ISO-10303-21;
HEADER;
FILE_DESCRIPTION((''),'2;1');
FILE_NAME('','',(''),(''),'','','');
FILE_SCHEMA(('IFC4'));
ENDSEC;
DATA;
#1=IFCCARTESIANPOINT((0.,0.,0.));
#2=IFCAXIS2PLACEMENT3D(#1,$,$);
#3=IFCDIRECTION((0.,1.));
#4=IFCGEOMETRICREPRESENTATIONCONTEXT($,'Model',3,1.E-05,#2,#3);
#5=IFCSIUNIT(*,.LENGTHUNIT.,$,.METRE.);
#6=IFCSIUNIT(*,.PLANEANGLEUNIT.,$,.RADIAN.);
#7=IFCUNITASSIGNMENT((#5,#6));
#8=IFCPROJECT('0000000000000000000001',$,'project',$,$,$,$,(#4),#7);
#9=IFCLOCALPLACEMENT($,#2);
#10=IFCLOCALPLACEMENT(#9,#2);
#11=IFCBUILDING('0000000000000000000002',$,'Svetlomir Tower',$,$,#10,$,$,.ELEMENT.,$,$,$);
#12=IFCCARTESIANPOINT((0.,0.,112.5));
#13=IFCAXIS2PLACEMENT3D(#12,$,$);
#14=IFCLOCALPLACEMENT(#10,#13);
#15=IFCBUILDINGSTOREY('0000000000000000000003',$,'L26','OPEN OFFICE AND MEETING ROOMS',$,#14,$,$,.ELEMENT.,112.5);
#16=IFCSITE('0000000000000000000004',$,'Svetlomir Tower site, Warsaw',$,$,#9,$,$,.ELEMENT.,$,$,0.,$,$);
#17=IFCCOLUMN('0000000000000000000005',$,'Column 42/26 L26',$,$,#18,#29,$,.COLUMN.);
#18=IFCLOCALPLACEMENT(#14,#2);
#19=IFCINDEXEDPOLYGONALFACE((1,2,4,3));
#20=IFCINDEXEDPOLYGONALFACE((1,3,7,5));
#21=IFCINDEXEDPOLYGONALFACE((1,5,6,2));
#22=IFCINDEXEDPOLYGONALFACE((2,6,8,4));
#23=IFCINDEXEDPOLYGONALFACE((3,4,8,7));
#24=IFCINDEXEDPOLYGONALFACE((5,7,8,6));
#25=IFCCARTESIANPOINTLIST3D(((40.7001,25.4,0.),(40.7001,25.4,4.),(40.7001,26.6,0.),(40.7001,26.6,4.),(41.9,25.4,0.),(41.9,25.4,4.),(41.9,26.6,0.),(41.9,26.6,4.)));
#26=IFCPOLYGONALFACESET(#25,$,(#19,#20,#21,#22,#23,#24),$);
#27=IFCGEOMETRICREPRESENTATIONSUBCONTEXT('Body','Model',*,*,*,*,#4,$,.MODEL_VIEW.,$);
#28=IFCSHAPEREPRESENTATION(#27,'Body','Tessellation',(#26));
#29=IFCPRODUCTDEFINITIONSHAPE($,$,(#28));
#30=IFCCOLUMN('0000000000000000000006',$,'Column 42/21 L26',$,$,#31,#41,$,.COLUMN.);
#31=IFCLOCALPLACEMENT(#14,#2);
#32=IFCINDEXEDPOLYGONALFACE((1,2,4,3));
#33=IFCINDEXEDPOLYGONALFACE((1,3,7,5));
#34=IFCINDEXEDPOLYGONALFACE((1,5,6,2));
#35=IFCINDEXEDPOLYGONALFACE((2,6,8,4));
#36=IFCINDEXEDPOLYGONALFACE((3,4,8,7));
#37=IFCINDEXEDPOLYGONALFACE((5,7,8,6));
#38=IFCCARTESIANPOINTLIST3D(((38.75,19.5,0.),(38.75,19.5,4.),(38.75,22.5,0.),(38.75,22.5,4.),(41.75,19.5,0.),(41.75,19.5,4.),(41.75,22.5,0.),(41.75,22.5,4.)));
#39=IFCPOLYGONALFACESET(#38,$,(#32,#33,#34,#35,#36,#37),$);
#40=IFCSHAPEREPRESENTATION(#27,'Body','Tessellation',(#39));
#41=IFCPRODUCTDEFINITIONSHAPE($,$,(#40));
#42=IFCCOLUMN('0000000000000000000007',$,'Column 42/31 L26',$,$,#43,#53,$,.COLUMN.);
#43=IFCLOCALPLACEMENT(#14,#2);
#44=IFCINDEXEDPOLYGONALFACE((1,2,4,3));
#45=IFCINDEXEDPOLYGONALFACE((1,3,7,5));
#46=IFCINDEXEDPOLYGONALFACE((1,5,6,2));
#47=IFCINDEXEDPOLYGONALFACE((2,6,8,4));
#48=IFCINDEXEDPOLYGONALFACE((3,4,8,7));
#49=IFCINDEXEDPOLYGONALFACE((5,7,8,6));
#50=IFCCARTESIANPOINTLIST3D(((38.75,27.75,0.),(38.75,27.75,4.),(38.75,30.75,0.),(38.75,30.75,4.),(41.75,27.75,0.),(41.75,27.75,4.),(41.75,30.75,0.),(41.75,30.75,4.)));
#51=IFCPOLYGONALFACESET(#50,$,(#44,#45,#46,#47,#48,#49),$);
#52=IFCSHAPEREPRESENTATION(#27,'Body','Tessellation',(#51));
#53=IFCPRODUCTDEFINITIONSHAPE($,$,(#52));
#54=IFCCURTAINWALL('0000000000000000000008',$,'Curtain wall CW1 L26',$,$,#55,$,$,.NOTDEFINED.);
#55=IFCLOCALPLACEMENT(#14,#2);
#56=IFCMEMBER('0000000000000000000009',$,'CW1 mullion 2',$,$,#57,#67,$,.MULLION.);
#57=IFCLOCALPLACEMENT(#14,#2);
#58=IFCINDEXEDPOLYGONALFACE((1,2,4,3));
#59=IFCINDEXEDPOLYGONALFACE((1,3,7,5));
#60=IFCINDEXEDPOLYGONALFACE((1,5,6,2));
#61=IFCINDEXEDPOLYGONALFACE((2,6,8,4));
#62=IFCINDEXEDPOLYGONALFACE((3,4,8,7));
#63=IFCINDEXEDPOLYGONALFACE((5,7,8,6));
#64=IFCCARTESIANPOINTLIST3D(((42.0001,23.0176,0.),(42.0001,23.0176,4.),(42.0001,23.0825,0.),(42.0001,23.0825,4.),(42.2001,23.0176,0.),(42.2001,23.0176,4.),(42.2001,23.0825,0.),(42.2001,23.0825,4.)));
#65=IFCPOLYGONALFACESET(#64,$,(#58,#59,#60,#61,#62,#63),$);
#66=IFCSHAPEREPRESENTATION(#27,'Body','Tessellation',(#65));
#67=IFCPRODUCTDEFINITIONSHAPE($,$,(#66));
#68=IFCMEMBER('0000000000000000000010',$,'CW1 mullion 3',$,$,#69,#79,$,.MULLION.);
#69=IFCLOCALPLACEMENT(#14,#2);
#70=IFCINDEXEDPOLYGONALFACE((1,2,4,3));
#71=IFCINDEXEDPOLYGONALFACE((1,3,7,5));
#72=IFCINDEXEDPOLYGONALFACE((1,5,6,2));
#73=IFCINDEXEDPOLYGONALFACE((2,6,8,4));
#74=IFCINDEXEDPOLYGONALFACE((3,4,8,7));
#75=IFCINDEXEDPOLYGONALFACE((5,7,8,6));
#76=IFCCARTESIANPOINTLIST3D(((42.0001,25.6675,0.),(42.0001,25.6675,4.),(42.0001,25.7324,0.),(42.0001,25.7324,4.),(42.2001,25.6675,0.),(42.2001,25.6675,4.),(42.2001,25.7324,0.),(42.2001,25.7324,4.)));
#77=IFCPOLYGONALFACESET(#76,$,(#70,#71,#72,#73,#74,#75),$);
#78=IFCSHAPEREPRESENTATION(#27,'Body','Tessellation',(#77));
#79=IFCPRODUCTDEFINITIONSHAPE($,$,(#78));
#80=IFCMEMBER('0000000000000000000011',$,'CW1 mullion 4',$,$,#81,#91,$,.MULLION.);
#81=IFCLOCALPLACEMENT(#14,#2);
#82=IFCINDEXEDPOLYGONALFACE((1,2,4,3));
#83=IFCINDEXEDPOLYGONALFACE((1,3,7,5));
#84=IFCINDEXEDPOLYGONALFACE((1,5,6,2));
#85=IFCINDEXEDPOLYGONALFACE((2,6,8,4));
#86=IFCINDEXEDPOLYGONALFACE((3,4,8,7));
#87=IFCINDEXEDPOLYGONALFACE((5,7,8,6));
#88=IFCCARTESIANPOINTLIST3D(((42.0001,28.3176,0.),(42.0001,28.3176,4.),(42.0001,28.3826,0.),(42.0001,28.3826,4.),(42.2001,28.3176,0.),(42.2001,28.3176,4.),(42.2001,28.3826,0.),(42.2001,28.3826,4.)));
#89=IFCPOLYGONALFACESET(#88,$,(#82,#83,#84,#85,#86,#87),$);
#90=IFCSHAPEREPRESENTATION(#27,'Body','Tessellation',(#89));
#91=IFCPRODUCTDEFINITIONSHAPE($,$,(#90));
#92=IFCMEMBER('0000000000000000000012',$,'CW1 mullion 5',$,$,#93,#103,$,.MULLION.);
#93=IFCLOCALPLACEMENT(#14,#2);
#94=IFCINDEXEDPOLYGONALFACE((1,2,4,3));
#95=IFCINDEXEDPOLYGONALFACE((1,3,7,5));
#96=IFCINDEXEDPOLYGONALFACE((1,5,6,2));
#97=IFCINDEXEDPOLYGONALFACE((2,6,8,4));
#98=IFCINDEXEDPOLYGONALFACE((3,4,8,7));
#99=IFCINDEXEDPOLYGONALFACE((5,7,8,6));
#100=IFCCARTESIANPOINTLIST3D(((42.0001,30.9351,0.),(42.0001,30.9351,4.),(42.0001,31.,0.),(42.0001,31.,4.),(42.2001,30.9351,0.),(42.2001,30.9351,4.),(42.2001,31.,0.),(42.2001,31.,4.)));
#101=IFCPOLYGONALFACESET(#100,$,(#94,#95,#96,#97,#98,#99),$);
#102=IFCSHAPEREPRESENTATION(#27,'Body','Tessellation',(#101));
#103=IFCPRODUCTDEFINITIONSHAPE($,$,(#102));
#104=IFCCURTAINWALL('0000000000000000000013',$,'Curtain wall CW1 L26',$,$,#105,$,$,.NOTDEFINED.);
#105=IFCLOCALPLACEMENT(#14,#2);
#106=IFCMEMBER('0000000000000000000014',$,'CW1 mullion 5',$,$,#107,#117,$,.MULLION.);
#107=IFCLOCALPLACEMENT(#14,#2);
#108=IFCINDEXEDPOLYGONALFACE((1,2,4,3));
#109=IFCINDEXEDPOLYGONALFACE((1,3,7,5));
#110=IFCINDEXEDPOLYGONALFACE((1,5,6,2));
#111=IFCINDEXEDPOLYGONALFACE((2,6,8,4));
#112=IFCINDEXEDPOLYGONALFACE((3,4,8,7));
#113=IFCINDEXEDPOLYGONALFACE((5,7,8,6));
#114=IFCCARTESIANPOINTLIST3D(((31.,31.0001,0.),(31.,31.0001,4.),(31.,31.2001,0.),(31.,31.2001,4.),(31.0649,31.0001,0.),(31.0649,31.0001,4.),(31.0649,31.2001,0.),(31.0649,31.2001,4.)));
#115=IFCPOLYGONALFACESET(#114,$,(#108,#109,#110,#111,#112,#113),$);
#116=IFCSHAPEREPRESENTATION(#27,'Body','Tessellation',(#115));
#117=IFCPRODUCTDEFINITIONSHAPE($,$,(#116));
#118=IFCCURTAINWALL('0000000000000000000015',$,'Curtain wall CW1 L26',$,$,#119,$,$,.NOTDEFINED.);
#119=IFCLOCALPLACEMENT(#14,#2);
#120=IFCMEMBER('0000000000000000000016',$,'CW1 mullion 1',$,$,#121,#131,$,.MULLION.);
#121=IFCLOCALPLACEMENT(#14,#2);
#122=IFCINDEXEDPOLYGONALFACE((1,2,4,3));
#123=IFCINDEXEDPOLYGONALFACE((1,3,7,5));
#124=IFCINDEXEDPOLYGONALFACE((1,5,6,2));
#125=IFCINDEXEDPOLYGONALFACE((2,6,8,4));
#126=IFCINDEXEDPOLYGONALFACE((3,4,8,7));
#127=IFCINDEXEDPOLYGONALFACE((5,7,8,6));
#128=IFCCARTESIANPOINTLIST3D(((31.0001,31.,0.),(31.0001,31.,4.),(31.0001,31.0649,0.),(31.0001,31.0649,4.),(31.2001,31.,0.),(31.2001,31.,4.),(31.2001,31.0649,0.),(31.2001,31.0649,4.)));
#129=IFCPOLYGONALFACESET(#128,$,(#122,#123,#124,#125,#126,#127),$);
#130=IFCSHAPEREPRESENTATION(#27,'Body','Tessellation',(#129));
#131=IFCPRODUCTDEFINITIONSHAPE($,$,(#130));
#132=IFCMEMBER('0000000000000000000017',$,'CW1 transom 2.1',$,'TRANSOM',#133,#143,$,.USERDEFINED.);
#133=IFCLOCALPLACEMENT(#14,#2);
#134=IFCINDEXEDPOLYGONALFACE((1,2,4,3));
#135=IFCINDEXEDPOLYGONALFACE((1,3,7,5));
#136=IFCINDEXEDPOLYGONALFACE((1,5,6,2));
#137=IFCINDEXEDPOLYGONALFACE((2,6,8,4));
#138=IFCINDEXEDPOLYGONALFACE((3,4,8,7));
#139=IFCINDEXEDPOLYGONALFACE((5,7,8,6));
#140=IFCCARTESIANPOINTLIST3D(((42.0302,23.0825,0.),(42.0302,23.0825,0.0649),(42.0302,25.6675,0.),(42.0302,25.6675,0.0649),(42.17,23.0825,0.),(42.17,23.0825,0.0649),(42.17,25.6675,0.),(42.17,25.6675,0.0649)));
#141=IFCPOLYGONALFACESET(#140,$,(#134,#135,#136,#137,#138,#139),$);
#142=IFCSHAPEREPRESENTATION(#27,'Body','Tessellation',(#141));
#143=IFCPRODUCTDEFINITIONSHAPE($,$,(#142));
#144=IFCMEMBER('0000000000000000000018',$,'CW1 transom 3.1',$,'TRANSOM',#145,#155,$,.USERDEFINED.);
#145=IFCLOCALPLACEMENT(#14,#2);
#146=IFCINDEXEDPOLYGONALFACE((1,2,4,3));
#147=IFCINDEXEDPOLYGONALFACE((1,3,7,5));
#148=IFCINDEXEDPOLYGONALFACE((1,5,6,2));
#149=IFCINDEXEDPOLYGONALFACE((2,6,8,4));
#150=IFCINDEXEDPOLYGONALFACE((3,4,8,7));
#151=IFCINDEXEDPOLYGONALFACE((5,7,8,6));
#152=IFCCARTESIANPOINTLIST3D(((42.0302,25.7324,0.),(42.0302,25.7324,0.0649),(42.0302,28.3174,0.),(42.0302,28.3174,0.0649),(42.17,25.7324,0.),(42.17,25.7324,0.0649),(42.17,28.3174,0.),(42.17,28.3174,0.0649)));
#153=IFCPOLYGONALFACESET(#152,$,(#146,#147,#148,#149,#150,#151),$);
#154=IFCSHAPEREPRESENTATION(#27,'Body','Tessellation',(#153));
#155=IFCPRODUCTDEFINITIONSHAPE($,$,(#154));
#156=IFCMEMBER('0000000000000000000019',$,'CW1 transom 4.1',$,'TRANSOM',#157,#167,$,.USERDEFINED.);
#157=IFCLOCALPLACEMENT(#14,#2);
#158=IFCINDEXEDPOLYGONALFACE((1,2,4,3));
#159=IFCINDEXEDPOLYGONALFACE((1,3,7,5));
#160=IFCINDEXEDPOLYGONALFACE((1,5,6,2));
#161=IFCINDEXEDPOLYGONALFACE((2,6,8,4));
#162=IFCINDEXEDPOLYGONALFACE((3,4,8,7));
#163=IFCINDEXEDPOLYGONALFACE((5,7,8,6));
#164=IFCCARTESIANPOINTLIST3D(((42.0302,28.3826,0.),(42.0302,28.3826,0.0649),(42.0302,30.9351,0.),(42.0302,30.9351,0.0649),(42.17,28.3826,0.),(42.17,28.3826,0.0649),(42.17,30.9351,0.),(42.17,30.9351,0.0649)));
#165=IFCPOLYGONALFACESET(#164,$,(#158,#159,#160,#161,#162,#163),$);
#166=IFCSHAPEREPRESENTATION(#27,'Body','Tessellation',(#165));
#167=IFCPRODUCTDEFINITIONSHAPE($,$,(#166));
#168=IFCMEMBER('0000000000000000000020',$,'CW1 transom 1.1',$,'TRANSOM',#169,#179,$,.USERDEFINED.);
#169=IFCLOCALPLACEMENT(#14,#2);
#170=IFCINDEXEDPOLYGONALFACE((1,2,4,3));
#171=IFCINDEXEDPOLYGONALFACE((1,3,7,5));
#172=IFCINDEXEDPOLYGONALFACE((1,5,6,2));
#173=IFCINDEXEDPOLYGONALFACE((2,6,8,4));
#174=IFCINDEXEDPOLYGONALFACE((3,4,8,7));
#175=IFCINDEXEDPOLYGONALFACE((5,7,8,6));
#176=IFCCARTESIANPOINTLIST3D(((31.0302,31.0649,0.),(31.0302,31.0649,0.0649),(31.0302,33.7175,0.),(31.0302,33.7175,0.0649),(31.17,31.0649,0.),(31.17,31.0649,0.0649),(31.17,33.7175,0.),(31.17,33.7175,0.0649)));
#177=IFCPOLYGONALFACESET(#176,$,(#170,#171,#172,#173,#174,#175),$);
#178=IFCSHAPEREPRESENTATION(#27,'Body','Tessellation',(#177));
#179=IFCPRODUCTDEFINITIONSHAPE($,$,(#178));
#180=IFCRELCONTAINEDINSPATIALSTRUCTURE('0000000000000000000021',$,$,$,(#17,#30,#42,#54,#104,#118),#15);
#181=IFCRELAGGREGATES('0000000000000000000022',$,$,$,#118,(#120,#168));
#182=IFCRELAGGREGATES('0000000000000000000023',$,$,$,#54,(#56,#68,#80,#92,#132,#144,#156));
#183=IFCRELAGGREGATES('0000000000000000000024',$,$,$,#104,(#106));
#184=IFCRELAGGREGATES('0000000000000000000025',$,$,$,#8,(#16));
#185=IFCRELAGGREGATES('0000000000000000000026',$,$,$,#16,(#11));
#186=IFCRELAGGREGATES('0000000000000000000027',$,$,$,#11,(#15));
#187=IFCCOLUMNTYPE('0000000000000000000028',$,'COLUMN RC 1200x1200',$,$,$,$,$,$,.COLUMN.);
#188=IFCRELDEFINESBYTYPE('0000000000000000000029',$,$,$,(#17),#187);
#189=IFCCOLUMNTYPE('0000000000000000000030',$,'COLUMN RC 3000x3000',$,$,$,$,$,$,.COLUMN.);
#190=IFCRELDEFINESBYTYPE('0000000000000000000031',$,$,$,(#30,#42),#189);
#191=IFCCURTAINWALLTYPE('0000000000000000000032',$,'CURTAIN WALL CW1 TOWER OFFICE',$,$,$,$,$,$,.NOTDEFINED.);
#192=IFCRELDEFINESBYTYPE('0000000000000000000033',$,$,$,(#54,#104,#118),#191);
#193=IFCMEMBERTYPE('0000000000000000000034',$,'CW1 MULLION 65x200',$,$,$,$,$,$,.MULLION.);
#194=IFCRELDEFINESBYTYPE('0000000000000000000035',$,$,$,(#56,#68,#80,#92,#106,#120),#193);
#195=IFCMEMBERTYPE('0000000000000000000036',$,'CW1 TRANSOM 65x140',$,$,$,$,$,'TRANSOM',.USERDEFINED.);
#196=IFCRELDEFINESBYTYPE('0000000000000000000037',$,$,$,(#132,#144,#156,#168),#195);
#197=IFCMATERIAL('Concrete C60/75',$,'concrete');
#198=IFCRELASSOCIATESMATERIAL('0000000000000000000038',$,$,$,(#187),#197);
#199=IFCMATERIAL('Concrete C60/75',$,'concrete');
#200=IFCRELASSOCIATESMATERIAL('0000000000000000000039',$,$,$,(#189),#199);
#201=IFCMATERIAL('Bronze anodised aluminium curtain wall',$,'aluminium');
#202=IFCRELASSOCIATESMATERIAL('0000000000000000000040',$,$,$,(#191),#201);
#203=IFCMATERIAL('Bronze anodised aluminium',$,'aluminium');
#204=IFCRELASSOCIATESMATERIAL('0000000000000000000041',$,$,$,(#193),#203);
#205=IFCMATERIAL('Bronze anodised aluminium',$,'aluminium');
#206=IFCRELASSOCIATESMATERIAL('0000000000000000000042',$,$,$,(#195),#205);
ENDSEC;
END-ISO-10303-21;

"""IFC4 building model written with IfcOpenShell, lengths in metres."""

from ifc_helpers import new_model, si_unit, direction, frame, origin, origin_2d, place, context, subcontext, project, spatial, rectangle, extrude, material, material_profile, profile_set, type_object, element, aggregate, save


model = new_model("IFC4")

# Units and contexts
model_context = context("Model", 3, precision=1e-05, world=origin(), true_north=direction((0.0, 1.0)))
body_context = subcontext(model_context, "Body", "Model", "MODEL_VIEW")
ifc_project = project(units=[si_unit("LENGTHUNIT", "METRE"), si_unit("PLANEANGLEUNIT", "RADIAN")], contexts=[model_context])

# Site, building, storey
site_placement = place(None, origin())
site = spatial("IfcSite", under=ifc_project, at=site_placement, Name="Svetlomir Tower site, Warsaw", CompositionType="ELEMENT", RefElevation=0.0)
building_placement = place(site_placement, origin())
building = spatial("IfcBuilding", under=site, at=building_placement, Name="Svetlomir Tower", CompositionType="ELEMENT")
storey_placement = place(building_placement, frame((0.0, 0.0, 112.5)))
storey = spatial("IfcBuildingStorey", under=building, at=storey_placement, Name="L26", Description="OPEN OFFICE AND MEETING ROOMS", CompositionType="ELEMENT", Elevation=112.5)

# Columns
ifc_material_1 = material(Name="Concrete C60/75", Category="concrete")
ifc_material_profile_1 = material_profile(ifc_material_1, rectangle(XDim=1.2, YDim=1.2, at=origin_2d()), Name="RC 1200x1200")
ifc_profile_set_1 = profile_set([ifc_material_profile_1], Name="Concrete C60/75")
column_type_1 = type_object("IfcColumnType", Name="COLUMN RC 1200x1200", PredefinedType="COLUMN", material=ifc_profile_set_1)
column_placement = place(storey_placement, frame((41.3, 26.0, 0.0), z_axis=(0.0, 0.0, 1.0), x_axis=(1.0, 0.0, 0.0)))
element("IfcColumn", 1, at=column_placement, inside=storey, type_object=column_type_1, Name="Column 42/26 L26", PredefinedType="COLUMN", context=body_context, shape_type="SweptSolid", body=[
    extrude(rectangle(XDim=1.2, YDim=1.2, at=origin_2d()), origin(), (0.0, 0.0, 1.0), 4.0),
])
ifc_material_2 = material(Name="Concrete C60/75", Category="concrete")
ifc_material_profile_2 = material_profile(ifc_material_2, rectangle(XDim=3.0, YDim=3.0, at=origin_2d()), Name="RC 3000x3000")
ifc_profile_set_2 = profile_set([ifc_material_profile_2], Name="Concrete C60/75")
column_type_2 = type_object("IfcColumnType", Name="COLUMN RC 3000x3000", PredefinedType="COLUMN", material=ifc_profile_set_2)
for number, where, z_axis, x_axis, name in (
    (2, (40.25, 21.0, 0.0), (0.0, 0.0, 1.0), (1.0, 0.0, 0.0), "Column 42/21 L26"),
    (3, (40.25, 29.25, 0.0), (0.0, 0.0, 1.0), (1.0, 0.0, 0.0), "Column 42/31 L26"),
):
    element("IfcColumn", number, at=place(storey_placement, frame(where, z_axis=z_axis, x_axis=x_axis)), inside=storey, type_object=column_type_2, Name=name, PredefinedType="COLUMN", context=body_context, shape_type="SweptSolid", body=[
        extrude(rectangle(XDim=3.0, YDim=3.0, at=origin_2d()), origin(), (0.0, 0.0, 1.0), 4.0),
    ])

# Curtain wall, members
ifc_material_3 = material(Name="Bronze anodised aluminium curtain wall", Category="aluminium")
curtain_wall_type = type_object("IfcCurtainWallType", Name="CURTAIN WALL CW1 TOWER OFFICE", PredefinedType="NOTDEFINED", material=ifc_material_3)
curtain_wall_1_placement = place(storey_placement, origin())
curtain_wall_1 = element("IfcCurtainWall", 4, at=curtain_wall_1_placement, inside=storey, type_object=curtain_wall_type, Name="Curtain wall CW1 L26", PredefinedType="NOTDEFINED")
ifc_material_4 = material(Name="Bronze anodised aluminium", Category="aluminium")
ifc_material_profile_3 = material_profile(ifc_material_4, rectangle(XDim=0.0649, YDim=0.2, at=origin_2d()), Name="AL 65x200")
ifc_profile_set_3 = profile_set([ifc_material_profile_3], Name="Bronze anodised aluminium 6063-T6")
member_type_1 = type_object("IfcMemberType", Name="CW1 MULLION 65x200", PredefinedType="MULLION", material=ifc_profile_set_3)
member_1_placement = place(storey_placement, frame((42.1001, 23.05, 0.0), z_axis=(0.0, 0.0, 1.0), x_axis=(0.0, 1.0, 0.0)))
member_1 = element("IfcMember", 5, at=member_1_placement, type_object=member_type_1, Name="CW1 mullion 2", PredefinedType="MULLION", context=body_context, shape_type="SweptSolid", body=[
    extrude(rectangle(XDim=0.0649, YDim=0.2, at=origin_2d()), origin(), (0.0, 0.0, 1.0), 4.0),
])
member_2_placement = place(storey_placement, frame((42.1001, 25.7, 0.0), z_axis=(0.0, 0.0, 1.0), x_axis=(0.0, 1.0, 0.0)))
member_2 = element("IfcMember", 6, at=member_2_placement, type_object=member_type_1, Name="CW1 mullion 3", PredefinedType="MULLION", context=body_context, shape_type="SweptSolid", body=[
    extrude(rectangle(XDim=0.0649, YDim=0.2, at=origin_2d()), origin(), (0.0, 0.0, 1.0), 4.0),
])
member_3_placement = place(storey_placement, frame((42.1001, 28.3501, 0.0), z_axis=(0.0, 0.0, 1.0), x_axis=(0.0, 1.0, 0.0)))
member_3 = element("IfcMember", 7, at=member_3_placement, type_object=member_type_1, Name="CW1 mullion 4", PredefinedType="MULLION", context=body_context, shape_type="SweptSolid", body=[
    extrude(rectangle(XDim=0.0649, YDim=0.2, at=origin_2d()), origin(), (0.0, 0.0, 1.0), 4.0),
])
member_4_placement = place(storey_placement, frame((42.1001, 30.9675, 0.0), z_axis=(0.0, 0.0, 1.0), x_axis=(0.0, 1.0, 0.0)))
member_4 = element("IfcMember", 8, at=member_4_placement, type_object=member_type_1, Name="CW1 mullion 5", PredefinedType="MULLION", context=body_context, shape_type="SweptSolid", body=[
    extrude(rectangle(XDim=0.0649, YDim=0.2, at=origin_2d()), origin(), (0.0, 0.0, 1.0), 4.0),
])

# Curtain walls, members
curtain_wall_2_placement = place(storey_placement, origin())
curtain_wall_2 = element("IfcCurtainWall", 9, at=curtain_wall_2_placement, inside=storey, type_object=curtain_wall_type, Name="Curtain wall CW1 L26", PredefinedType="NOTDEFINED")
member_5_placement = place(storey_placement, frame((31.0325, 31.1001, 0.0), z_axis=(0.0, 0.0, 1.0), x_axis=(-1.0, 0.0, 0.0)))
member_5 = element("IfcMember", 10, at=member_5_placement, type_object=member_type_1, Name="CW1 mullion 5", PredefinedType="MULLION", context=body_context, shape_type="SweptSolid", body=[
    extrude(rectangle(XDim=0.0649, YDim=0.2, at=origin_2d()), origin(), (0.0, 0.0, 1.0), 4.0),
])
curtain_wall_3_placement = place(storey_placement, origin())
curtain_wall_3 = element("IfcCurtainWall", 11, at=curtain_wall_3_placement, inside=storey, type_object=curtain_wall_type, Name="Curtain wall CW1 L26", PredefinedType="NOTDEFINED")
member_6_placement = place(storey_placement, frame((31.1001, 31.0325, 0.0), z_axis=(0.0, 0.0, 1.0), x_axis=(0.0, 1.0, 0.0)))
member_6 = element("IfcMember", 12, at=member_6_placement, type_object=member_type_1, Name="CW1 mullion 1", PredefinedType="MULLION", context=body_context, shape_type="SweptSolid", body=[
    extrude(rectangle(XDim=0.0649, YDim=0.2, at=origin_2d()), origin(), (0.0, 0.0, 1.0), 4.0),
])

# Members
ifc_material_5 = material(Name="Bronze anodised aluminium", Category="aluminium")
ifc_material_profile_4 = material_profile(ifc_material_5, rectangle(XDim=0.1399, YDim=0.0649, at=origin_2d()), Name="AL 140x65")
ifc_profile_set_4 = profile_set([ifc_material_profile_4], Name="Bronze anodised aluminium 6063-T6")
member_type_2 = type_object("IfcMemberType", Name="CW1 TRANSOM 65x140", ElementType="TRANSOM", PredefinedType="USERDEFINED", material=ifc_profile_set_4)
member_7_placement = place(storey_placement, frame((42.1001, 23.0825, 0.0325), z_axis=(0.0, 1.0, 0.0), x_axis=(-1.0, 0.0, 0.0)))
member_7 = element("IfcMember", 13, at=member_7_placement, type_object=member_type_2, Name="CW1 transom 2.1", ObjectType="TRANSOM", PredefinedType="USERDEFINED", context=body_context, shape_type="SweptSolid", body=[
    extrude(rectangle(XDim=0.1399, YDim=0.0649, at=origin_2d()), origin(), (0.0, 0.0, 1.0), 2.585),
])
member_8_placement = place(storey_placement, frame((42.1001, 25.7324, 0.0325), z_axis=(0.0, 1.0, 0.0), x_axis=(-1.0, 0.0, 0.0)))
member_8 = element("IfcMember", 14, at=member_8_placement, type_object=member_type_2, Name="CW1 transom 3.1", ObjectType="TRANSOM", PredefinedType="USERDEFINED", context=body_context, shape_type="SweptSolid", body=[
    extrude(rectangle(XDim=0.1399, YDim=0.0649, at=origin_2d()), origin(), (0.0, 0.0, 1.0), 2.585),
])
member_9_placement = place(storey_placement, frame((42.1001, 28.3826, 0.0325), z_axis=(0.0, 1.0, 0.0), x_axis=(-1.0, 0.0, 0.0)))
member_9 = element("IfcMember", 15, at=member_9_placement, type_object=member_type_2, Name="CW1 transom 4.1", ObjectType="TRANSOM", PredefinedType="USERDEFINED", context=body_context, shape_type="SweptSolid", body=[
    extrude(rectangle(XDim=0.1399, YDim=0.0649, at=origin_2d()), origin(), (0.0, 0.0, 1.0), 2.5525),
])
member_10_placement = place(storey_placement, frame((31.1001, 31.0649, 0.0325), z_axis=(0.0, 1.0, 0.0), x_axis=(-1.0, 0.0, 0.0)))
member_10 = element("IfcMember", 16, at=member_10_placement, type_object=member_type_2, Name="CW1 transom 1.1", ObjectType="TRANSOM", PredefinedType="USERDEFINED", context=body_context, shape_type="SweptSolid", body=[
    extrude(rectangle(XDim=0.1399, YDim=0.0649, at=origin_2d()), origin(), (0.0, 0.0, 1.0), 2.6526),
])
aggregate(curtain_wall_3, [member_6, member_10])

aggregate(curtain_wall_1, [member_1, member_2, member_3, member_4, member_7, member_8, member_9])
aggregate(curtain_wall_2, [member_5])

save(model, "model.ifc")
